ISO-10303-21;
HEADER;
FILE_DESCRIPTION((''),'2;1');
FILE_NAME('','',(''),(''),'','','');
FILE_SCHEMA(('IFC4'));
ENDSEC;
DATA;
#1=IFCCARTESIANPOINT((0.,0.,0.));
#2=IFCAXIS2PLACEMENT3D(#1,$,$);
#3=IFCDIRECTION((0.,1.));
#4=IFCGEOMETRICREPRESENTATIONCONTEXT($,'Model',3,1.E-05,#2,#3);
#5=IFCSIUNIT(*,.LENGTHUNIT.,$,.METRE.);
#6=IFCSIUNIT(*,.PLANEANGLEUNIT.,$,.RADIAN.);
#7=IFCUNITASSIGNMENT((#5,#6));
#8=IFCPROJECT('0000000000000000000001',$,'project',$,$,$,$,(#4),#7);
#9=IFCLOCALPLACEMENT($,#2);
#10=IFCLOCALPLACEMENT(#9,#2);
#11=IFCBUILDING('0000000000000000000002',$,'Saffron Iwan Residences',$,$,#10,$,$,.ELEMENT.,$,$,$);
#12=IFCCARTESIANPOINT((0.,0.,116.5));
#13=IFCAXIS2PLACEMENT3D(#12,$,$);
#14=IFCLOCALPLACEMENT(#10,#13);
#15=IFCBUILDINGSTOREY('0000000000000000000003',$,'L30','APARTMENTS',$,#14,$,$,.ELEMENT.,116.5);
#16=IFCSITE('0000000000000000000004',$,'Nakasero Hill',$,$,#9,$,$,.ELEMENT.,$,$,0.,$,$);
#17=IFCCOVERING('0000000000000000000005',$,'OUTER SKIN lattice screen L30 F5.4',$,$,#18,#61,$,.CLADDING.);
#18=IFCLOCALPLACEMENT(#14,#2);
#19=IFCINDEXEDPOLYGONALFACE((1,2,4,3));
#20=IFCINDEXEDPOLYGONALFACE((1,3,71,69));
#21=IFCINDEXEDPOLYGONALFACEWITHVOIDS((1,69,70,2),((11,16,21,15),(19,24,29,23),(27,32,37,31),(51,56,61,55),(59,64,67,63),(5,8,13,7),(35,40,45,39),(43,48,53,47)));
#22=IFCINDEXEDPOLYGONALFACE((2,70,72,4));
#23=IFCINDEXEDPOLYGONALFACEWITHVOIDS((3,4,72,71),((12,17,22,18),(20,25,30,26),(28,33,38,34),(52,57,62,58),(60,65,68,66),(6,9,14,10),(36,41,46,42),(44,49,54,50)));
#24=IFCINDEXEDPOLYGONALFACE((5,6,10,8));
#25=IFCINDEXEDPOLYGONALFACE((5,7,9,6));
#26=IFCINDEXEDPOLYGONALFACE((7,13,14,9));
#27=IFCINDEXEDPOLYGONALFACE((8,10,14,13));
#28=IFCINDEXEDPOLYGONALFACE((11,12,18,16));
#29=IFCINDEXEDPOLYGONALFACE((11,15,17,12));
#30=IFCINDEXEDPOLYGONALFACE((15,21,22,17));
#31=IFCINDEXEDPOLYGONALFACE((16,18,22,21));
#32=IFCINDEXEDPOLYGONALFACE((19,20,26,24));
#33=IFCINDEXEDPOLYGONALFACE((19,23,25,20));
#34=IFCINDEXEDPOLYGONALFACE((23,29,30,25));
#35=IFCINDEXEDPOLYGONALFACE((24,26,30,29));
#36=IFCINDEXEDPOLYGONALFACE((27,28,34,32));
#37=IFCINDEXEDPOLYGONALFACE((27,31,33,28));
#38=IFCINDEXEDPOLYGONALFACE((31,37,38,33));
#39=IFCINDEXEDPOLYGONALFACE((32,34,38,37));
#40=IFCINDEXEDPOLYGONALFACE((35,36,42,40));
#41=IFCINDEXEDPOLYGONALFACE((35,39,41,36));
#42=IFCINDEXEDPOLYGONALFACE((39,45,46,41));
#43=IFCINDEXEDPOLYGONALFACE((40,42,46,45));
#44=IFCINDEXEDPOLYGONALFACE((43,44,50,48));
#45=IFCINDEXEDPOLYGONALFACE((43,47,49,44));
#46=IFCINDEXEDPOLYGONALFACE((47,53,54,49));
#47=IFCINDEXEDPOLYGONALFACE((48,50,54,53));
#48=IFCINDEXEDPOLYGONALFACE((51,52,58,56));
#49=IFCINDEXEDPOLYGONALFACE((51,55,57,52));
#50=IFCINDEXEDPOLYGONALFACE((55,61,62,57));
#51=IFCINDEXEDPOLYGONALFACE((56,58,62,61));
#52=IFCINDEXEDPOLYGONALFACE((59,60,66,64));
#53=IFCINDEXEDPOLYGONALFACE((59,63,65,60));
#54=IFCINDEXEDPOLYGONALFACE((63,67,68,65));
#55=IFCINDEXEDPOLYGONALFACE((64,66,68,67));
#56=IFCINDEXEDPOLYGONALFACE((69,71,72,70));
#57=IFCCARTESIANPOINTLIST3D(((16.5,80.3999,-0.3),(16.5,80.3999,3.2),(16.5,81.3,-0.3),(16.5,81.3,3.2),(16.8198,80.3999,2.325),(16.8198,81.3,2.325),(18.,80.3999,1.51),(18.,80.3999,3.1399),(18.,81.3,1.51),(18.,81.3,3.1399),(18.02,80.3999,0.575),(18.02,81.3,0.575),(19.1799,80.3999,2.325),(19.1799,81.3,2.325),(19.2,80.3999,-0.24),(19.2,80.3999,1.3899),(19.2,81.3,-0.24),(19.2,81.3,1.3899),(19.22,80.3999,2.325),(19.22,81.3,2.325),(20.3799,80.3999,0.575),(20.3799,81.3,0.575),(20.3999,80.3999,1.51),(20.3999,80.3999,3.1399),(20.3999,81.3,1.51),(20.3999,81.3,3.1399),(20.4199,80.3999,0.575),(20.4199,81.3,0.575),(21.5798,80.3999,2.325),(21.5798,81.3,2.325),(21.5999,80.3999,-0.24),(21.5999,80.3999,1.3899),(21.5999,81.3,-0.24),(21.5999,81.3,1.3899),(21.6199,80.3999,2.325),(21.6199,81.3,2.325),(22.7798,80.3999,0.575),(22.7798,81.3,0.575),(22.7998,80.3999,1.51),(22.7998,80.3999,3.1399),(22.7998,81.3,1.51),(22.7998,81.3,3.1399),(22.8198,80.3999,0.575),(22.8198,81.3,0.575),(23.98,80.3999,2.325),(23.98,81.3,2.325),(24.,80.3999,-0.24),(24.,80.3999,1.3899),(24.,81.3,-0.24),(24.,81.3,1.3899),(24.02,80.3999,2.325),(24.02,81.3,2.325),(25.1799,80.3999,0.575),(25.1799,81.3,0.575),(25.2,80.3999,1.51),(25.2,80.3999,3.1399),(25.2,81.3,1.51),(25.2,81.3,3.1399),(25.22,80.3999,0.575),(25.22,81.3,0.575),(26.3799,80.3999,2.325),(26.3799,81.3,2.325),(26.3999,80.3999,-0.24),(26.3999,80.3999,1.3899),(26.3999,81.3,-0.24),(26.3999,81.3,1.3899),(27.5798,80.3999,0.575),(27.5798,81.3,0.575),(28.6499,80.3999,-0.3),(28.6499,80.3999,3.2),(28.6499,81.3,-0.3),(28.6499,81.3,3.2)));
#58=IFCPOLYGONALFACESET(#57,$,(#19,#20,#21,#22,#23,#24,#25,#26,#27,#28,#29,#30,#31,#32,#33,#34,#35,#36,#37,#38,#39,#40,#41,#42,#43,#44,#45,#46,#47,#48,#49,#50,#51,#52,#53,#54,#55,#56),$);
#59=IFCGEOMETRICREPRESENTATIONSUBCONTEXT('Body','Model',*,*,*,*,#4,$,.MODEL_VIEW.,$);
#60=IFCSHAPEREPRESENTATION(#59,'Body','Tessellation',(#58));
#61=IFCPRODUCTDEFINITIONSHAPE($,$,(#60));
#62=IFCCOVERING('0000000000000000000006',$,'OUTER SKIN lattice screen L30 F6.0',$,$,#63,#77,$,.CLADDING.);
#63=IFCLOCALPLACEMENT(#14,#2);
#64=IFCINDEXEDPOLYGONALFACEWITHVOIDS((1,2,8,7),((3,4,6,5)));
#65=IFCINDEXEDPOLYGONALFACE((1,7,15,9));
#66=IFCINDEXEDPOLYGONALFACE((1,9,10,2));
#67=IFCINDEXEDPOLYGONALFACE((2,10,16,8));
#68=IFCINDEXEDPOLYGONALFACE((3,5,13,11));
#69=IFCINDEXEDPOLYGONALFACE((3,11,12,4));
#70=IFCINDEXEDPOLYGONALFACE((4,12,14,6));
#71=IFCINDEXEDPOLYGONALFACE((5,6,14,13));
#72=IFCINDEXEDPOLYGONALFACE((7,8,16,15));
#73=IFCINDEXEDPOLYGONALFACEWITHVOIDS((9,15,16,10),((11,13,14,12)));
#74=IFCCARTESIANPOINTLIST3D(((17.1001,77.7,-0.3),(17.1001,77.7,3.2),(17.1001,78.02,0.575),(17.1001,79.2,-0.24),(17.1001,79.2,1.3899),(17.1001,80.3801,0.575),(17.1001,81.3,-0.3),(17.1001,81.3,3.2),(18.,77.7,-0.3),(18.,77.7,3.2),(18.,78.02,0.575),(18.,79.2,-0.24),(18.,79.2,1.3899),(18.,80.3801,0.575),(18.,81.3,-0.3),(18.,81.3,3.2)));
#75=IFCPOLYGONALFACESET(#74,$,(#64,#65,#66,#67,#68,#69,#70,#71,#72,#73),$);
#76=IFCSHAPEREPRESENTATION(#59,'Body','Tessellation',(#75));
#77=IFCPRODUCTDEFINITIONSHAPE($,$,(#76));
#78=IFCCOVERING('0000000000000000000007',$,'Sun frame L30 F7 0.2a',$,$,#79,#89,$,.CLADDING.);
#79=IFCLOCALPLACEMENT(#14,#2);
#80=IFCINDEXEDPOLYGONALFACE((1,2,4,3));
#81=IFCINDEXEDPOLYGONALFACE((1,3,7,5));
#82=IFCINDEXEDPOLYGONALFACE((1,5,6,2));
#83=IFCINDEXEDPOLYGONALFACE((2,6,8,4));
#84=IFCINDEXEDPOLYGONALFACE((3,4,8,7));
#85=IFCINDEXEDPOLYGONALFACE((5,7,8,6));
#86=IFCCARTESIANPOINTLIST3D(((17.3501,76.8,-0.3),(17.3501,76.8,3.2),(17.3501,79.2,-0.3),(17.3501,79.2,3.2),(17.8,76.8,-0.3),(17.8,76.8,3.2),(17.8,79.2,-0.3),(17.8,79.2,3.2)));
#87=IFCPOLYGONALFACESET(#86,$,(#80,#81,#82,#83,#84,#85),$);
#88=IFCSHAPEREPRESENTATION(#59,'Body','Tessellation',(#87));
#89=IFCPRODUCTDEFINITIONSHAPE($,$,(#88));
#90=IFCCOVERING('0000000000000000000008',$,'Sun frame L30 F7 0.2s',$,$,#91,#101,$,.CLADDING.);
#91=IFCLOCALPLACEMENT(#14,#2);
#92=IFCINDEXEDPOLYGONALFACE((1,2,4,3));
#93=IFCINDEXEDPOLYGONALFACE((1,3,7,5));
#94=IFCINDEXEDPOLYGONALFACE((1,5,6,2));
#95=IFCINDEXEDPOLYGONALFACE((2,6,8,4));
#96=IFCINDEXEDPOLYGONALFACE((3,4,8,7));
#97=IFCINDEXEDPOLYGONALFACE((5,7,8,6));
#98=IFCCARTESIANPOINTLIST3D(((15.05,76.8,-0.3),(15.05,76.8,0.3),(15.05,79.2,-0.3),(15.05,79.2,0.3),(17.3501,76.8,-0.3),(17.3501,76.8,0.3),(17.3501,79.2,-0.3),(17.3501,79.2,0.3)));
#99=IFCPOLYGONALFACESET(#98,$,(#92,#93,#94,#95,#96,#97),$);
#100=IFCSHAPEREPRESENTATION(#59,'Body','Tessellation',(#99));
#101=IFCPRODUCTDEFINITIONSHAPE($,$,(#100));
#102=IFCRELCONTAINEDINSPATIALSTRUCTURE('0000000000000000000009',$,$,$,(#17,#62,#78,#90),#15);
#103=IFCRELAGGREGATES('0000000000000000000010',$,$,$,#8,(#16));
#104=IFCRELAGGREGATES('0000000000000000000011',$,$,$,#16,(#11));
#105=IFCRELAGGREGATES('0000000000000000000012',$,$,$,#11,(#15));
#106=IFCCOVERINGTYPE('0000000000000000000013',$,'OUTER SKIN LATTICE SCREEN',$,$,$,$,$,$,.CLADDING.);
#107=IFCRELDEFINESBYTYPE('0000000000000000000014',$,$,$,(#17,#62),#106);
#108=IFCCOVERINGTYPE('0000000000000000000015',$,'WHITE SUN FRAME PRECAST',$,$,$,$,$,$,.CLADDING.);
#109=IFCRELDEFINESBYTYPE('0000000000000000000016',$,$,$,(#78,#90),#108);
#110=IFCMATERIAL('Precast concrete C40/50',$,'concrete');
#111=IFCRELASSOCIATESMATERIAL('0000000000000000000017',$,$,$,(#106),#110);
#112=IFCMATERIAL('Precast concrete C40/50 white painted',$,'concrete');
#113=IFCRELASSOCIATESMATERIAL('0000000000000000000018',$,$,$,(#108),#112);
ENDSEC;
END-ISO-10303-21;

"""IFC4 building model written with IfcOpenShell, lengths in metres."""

from ifc_helpers import new_model, si_unit, direction, frame, origin, place, context, subcontext, project, spatial, polyline, outline, extrude, material, type_object, element, save


model = new_model("IFC4")

# Units and contexts
model_context = context("Model", 3, precision=1e-05, world=origin(), true_north=direction((0.0, 1.0)))
body_context = subcontext(model_context, "Body", "Model", "MODEL_VIEW")
ifc_project = project(units=[si_unit("LENGTHUNIT", "METRE"), si_unit("PLANEANGLEUNIT", "RADIAN")], contexts=[model_context])

# Site, building, storey
site_placement = place(None, origin())
site = spatial("IfcSite", under=ifc_project, at=site_placement, Name="Nakasero Hill", CompositionType="ELEMENT", RefElevation=0.0)
building_placement = place(site_placement, origin())
building = spatial("IfcBuilding", under=site, at=building_placement, Name="Saffron Iwan Residences", CompositionType="ELEMENT")
storey_placement = place(building_placement, frame((0.0, 0.0, 116.5)))
storey = spatial("IfcBuildingStorey", under=building, at=storey_placement, Name="L30", Description="APARTMENTS", CompositionType="ELEMENT", Elevation=116.5)

# Coverings
ifc_material_1 = material(Name="Precast concrete C40/50", Category="concrete")
covering_type_1 = type_object("IfcCoveringType", Name="OUTER SKIN LATTICE SCREEN", PredefinedType="CLADDING", material=ifc_material_1)
covering_1_placement = place(storey_placement, frame((28.6499, 80.3999, -0.3), z_axis=(0.0, 1.0, 0.0), x_axis=(-1.0, 0.0, 0.0)))
element("IfcCovering", 1, at=covering_1_placement, inside=storey, type_object=covering_type_1, Name="OUTER SKIN lattice screen L30 F5.4", PredefinedType="CLADDING", context=body_context, shape_type="SweptSolid", body=[
    extrude(outline(polyline([(0.0, 0.0), (12.1499, 0.0), (12.1499, 3.5), (0.0, 3.5), (0.0, 0.0)]), holes=[polyline([(1.0701, 0.875), (2.25, 0.0601), (3.4299, 0.875), (2.25, 1.6899), (1.0701, 0.875)]), polyline([(3.47, 0.875), (4.6499, 0.0601), (5.8301, 0.875), (4.6499, 1.6899), (3.47, 0.875)]), polyline([(5.8701, 0.875), (7.05, 0.0601), (8.23, 0.875), (7.05, 1.6899), (5.8701, 0.875)]), polyline([(8.27, 0.875), (9.45, 0.0601), (10.6299, 0.875), (9.45, 1.6899), (8.27, 0.875)]), polyline([(2.27, 2.625), (3.45, 1.8101), (4.6299, 2.625), (3.45, 3.4399), (2.27, 2.625)]), polyline([(4.6699, 2.625), (5.8501, 1.8101), (7.03, 2.625), (5.8501, 3.4399), (4.6699, 2.625)]), polyline([(7.0701, 2.625), (8.25, 1.8101), (9.4299, 2.625), (8.25, 3.4399), (7.0701, 2.625)]), polyline([(9.47, 2.625), (10.6499, 1.8101), (11.8301, 2.625), (10.6499, 3.4399), (9.47, 2.625)])]), origin(), (0.0, 0.0, 1.0), 0.9001),
])
covering_2_placement = place(storey_placement, frame((18.0, 81.3, -0.3), z_axis=(-1.0, 0.0, 0.0), x_axis=(0.0, -1.0, 0.0)))
element("IfcCovering", 2, at=covering_2_placement, inside=storey, type_object=covering_type_1, Name="OUTER SKIN lattice screen L30 F6.0", PredefinedType="CLADDING", context=body_context, shape_type="SweptSolid", body=[
    extrude(outline(polyline([(0.0, 0.0), (3.6001, 0.0), (3.6001, 3.5), (0.0, 3.5), (0.0, 0.0)]), holes=[polyline([(0.9199, 0.875), (2.1001, 0.0601), (3.28, 0.875), (2.1001, 1.6899), (0.9199, 0.875)])]), origin(), (0.0, 0.0, 1.0), 0.8999),
])
ifc_material_2 = material(Name="Precast concrete C40/50 white painted", Category="concrete")
covering_type_2 = type_object("IfcCoveringType", Name="WHITE SUN FRAME PRECAST", PredefinedType="CLADDING", material=ifc_material_2)
covering_3_placement = place(storey_placement, frame((17.8, 76.8, -0.3), z_axis=(0.0, 1.0, 0.0), x_axis=(-1.0, 0.0, 0.0)))
element("IfcCovering", 3, at=covering_3_placement, inside=storey, type_object=covering_type_2, Name="Sun frame L30 F7 0.2a", PredefinedType="CLADDING", context=body_context, shape_type="SweptSolid", body=[
    extrude(outline(polyline([(0.0, 0.0), (0.45, 0.0), (0.45, 3.5), (0.0, 3.5), (0.0, 0.0)])), origin(), (0.0, 0.0, 1.0), 2.3999),
])
covering_4_placement = place(storey_placement, frame((17.3501, 76.8, -0.3), z_axis=(0.0, 1.0, 0.0), x_axis=(-1.0, 0.0, 0.0)))
element("IfcCovering", 4, at=covering_4_placement, inside=storey, type_object=covering_type_2, Name="Sun frame L30 F7 0.2s", PredefinedType="CLADDING", context=body_context, shape_type="SweptSolid", body=[
    extrude(outline(polyline([(0.0, 0.0), (2.3, 0.0), (2.3, 0.6001), (0.0, 0.6001), (0.0, 0.0)])), origin(), (0.0, 0.0, 1.0), 2.3999),
])

save(model, "model.ifc")
